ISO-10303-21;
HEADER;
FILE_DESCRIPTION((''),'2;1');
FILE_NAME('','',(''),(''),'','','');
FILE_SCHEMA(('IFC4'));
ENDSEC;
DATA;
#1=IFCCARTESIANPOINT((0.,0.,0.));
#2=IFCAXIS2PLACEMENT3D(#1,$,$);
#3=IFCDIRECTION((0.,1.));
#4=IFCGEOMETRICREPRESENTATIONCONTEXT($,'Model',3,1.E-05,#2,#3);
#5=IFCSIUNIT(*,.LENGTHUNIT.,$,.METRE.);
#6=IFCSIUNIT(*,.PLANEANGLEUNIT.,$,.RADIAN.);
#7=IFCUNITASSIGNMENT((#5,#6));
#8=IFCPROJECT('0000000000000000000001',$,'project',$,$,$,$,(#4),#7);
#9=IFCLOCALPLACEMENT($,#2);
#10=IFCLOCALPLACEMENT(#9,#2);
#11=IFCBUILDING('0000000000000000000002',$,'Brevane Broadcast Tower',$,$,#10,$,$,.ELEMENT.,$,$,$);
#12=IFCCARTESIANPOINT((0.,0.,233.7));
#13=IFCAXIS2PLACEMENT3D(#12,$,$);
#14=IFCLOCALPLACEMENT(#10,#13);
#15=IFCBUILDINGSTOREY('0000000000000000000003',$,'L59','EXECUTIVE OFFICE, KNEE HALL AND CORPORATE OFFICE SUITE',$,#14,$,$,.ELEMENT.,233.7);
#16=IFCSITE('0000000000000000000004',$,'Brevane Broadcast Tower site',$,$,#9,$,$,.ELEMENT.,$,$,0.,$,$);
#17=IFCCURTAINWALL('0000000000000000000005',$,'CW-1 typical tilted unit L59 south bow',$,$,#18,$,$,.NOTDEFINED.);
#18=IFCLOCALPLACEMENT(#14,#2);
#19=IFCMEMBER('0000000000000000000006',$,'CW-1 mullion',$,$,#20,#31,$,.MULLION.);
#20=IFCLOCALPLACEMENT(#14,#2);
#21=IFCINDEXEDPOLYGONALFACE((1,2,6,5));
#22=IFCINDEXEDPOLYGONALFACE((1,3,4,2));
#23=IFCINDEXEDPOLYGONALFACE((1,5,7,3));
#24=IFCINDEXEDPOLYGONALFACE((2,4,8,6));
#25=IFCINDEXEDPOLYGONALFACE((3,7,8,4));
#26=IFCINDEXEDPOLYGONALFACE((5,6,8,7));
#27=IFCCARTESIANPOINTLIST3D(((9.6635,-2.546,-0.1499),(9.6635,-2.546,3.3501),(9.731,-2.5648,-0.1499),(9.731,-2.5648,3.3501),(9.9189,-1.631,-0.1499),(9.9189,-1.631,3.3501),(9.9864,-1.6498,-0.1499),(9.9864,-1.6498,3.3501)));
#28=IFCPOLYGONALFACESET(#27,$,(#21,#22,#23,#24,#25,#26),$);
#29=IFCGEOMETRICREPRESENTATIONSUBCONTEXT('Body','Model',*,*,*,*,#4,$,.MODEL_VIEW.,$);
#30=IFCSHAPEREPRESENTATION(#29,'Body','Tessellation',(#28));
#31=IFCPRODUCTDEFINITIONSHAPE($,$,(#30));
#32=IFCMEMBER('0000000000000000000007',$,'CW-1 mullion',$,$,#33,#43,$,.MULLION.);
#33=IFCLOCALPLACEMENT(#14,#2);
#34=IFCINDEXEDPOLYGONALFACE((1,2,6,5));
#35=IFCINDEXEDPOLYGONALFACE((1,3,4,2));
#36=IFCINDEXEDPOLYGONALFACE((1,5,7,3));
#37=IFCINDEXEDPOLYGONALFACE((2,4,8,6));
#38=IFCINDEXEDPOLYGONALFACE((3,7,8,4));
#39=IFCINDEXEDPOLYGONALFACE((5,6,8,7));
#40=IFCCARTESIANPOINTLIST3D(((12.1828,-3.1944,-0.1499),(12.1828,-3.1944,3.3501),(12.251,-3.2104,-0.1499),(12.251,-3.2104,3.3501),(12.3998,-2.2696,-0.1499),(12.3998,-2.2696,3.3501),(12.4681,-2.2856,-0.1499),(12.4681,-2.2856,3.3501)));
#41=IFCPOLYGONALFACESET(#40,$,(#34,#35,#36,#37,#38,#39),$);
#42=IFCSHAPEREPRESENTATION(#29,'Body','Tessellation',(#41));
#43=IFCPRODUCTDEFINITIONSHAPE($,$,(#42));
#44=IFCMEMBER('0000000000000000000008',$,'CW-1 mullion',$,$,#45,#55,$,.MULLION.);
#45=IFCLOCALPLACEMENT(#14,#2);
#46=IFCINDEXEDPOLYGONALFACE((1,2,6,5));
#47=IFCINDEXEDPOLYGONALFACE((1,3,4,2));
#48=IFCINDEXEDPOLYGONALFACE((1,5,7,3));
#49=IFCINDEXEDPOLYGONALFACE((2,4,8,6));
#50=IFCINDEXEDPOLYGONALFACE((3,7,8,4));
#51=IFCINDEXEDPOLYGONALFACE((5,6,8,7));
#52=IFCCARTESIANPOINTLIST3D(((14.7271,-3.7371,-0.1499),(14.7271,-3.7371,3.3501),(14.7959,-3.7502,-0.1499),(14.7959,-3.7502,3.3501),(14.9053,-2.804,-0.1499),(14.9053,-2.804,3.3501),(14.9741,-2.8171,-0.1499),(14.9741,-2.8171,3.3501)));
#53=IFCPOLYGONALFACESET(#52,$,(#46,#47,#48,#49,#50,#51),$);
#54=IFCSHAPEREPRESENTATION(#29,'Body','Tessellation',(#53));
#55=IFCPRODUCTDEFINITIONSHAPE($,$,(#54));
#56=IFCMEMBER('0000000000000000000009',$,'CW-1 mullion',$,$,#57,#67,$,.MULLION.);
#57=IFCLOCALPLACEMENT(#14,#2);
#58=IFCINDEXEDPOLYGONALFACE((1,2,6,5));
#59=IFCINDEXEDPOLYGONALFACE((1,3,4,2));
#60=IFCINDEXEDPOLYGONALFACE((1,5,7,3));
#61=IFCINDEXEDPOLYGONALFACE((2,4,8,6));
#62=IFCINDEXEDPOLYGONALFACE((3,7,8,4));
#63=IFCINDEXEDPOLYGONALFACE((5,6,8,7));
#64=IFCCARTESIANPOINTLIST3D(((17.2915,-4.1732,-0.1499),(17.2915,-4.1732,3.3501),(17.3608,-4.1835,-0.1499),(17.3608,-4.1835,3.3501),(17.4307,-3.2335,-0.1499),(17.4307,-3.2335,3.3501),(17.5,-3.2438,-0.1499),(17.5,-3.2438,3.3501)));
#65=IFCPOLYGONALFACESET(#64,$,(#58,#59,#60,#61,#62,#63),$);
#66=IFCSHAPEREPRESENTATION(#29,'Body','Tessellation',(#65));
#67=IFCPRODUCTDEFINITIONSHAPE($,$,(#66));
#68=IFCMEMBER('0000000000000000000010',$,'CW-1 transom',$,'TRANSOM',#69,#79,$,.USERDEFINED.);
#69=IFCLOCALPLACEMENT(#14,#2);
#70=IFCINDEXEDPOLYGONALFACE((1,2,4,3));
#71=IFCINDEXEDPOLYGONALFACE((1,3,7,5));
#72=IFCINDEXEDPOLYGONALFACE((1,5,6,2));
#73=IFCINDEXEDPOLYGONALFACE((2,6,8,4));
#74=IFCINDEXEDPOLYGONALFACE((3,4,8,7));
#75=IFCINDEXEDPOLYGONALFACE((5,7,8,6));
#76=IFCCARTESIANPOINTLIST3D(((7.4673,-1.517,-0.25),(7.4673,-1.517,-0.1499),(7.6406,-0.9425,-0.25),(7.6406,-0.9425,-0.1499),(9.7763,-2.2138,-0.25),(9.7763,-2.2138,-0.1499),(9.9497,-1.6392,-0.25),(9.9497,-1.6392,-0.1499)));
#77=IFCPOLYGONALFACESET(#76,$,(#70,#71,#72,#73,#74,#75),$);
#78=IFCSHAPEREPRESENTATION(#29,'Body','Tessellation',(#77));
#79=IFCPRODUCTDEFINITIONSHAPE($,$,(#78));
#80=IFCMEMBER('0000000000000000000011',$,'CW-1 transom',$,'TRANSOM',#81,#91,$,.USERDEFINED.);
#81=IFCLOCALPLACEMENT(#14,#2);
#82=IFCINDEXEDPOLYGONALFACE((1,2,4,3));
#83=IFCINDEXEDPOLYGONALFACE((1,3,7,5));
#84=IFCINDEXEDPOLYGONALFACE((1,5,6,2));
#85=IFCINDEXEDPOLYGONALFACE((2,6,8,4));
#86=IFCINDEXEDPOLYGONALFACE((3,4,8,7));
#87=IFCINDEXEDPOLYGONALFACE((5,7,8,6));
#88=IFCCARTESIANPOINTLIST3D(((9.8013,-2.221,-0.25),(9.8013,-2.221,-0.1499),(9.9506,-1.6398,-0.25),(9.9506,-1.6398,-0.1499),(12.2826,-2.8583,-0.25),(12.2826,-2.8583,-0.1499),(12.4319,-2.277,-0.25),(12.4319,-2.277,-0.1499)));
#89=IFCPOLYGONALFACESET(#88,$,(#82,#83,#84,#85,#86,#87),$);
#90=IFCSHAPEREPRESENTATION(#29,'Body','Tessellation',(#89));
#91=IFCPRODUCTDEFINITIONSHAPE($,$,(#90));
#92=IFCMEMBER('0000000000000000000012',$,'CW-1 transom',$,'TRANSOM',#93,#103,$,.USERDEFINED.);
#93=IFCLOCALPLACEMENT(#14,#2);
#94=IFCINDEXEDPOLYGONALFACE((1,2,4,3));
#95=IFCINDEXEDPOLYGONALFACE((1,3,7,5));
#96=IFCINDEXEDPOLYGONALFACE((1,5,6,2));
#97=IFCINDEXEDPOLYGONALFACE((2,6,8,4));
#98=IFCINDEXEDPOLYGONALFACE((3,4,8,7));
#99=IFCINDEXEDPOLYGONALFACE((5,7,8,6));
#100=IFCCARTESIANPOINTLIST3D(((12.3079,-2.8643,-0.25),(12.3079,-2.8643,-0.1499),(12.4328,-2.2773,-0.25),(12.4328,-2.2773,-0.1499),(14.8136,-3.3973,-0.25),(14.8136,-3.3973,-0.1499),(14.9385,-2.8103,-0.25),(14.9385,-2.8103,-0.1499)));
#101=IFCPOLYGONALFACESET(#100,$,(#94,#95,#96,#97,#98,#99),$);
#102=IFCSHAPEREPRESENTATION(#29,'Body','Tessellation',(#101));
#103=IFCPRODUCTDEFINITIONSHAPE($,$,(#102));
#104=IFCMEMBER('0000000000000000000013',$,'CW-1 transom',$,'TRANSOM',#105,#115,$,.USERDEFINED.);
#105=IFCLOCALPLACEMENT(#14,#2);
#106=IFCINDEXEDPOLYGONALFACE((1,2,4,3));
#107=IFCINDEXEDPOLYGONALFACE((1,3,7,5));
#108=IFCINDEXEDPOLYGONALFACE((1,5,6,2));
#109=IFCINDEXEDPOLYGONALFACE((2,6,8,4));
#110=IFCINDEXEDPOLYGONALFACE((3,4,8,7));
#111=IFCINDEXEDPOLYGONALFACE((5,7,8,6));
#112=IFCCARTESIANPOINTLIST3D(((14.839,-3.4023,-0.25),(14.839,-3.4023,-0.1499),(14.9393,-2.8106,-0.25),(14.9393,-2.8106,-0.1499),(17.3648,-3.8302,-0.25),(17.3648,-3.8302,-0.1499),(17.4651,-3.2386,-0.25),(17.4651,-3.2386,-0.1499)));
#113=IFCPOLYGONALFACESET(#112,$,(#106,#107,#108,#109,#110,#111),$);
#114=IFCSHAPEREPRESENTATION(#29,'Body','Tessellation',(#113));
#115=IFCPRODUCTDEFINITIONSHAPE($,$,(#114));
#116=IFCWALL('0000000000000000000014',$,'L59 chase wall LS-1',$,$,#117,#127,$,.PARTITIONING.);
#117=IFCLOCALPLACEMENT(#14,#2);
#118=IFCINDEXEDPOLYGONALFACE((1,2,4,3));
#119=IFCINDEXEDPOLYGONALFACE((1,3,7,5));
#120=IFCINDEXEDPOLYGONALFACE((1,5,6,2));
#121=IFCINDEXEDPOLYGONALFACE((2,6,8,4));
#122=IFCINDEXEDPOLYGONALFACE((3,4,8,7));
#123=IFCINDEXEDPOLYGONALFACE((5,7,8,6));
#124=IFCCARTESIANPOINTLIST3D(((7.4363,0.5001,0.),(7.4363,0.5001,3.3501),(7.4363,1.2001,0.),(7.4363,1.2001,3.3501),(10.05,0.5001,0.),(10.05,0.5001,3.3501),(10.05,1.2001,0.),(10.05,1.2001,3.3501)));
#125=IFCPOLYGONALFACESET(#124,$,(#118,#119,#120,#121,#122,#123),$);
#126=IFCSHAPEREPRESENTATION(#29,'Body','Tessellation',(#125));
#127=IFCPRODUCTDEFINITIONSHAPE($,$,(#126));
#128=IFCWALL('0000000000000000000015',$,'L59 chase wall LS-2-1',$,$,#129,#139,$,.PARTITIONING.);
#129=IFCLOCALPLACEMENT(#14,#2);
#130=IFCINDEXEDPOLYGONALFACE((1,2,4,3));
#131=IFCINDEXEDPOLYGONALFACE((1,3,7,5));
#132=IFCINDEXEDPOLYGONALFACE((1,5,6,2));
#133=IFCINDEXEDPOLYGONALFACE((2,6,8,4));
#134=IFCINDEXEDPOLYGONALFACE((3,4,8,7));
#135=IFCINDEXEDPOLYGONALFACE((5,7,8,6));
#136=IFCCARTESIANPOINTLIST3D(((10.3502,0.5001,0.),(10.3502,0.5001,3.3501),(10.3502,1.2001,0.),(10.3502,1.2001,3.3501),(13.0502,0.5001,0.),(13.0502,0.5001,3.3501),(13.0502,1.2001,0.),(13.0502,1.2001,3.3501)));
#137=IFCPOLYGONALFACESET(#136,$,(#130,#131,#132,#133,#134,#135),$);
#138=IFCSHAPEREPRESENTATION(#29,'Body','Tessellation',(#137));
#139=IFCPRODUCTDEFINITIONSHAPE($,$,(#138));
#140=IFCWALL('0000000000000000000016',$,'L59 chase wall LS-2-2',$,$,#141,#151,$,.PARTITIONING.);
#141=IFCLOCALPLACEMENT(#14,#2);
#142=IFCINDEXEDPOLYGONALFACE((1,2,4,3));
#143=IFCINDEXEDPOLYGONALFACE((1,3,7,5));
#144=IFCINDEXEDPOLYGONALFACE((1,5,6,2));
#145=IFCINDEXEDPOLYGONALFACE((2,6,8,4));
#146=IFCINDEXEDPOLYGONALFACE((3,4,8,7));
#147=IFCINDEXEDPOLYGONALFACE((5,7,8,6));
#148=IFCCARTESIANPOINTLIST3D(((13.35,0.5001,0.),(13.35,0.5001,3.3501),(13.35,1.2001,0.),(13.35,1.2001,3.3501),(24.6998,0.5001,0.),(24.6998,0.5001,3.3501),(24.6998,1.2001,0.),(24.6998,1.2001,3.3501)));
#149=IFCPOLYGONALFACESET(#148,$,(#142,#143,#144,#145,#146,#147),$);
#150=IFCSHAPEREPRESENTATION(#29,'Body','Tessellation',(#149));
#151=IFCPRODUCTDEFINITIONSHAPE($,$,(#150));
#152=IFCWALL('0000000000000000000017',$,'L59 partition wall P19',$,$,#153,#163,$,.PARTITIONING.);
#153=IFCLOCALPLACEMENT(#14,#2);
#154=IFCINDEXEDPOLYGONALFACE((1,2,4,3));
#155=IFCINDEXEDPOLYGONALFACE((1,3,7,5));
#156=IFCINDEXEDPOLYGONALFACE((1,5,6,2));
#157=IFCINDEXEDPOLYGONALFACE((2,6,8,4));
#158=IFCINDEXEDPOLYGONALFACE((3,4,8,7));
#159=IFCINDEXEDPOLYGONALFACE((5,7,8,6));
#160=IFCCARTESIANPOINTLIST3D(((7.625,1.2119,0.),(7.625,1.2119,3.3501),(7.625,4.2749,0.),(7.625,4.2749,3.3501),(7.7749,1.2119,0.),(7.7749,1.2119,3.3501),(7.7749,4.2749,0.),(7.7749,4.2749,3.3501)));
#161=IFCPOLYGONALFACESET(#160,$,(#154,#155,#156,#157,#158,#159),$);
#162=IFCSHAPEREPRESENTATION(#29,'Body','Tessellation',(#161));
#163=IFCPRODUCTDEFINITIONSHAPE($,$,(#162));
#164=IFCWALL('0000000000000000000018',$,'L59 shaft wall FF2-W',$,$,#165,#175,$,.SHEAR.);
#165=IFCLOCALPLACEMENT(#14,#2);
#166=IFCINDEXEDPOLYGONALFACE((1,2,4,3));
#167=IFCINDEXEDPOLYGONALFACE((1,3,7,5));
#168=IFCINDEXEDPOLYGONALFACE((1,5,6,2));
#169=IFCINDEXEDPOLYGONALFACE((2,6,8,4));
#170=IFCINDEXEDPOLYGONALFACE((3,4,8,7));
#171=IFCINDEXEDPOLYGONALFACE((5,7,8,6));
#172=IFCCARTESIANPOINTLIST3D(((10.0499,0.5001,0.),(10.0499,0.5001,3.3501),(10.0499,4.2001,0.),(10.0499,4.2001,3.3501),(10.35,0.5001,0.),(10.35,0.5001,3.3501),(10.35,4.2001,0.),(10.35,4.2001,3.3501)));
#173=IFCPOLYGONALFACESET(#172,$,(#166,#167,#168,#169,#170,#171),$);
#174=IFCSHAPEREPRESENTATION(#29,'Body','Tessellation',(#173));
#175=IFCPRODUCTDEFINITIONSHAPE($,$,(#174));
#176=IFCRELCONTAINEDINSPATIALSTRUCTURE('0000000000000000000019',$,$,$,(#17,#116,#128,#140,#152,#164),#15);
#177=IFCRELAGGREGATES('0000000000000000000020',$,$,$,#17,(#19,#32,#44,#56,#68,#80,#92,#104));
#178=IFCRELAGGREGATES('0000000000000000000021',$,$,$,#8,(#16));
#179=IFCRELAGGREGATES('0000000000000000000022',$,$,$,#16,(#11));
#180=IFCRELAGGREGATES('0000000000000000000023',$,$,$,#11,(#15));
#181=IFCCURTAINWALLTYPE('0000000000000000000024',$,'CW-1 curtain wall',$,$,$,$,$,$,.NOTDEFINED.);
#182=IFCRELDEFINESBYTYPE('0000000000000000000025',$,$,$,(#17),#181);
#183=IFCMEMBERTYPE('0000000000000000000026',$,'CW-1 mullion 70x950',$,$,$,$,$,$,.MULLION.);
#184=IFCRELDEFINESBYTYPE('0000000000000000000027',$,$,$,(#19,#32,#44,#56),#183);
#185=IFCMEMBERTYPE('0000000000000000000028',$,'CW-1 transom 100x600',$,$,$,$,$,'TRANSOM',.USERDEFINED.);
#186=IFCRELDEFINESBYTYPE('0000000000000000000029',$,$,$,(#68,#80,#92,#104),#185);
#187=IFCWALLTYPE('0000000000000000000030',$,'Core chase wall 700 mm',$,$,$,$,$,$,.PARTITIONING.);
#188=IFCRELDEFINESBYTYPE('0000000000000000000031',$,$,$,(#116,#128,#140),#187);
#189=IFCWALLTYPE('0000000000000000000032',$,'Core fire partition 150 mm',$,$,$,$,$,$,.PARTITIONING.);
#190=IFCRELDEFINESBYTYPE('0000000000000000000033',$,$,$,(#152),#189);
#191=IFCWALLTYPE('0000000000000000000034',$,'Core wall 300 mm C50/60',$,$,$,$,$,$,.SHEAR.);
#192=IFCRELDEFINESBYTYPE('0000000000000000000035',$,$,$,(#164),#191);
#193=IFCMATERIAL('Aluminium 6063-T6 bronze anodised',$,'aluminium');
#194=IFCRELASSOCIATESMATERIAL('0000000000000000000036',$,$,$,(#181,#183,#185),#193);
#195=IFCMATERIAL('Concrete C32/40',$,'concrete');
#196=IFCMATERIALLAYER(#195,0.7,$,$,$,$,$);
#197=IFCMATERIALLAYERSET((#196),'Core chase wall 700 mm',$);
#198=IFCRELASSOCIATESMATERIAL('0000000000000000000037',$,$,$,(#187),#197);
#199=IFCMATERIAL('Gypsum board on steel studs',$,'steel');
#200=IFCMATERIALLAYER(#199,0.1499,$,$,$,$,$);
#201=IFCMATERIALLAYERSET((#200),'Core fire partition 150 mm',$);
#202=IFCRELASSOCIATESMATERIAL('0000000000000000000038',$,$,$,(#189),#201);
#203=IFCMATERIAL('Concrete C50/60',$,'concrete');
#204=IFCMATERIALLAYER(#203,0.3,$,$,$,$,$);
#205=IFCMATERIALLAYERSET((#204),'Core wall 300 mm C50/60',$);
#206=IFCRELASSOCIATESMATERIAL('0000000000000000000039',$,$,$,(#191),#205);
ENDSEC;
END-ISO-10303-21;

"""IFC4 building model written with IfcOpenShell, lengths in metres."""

from ifc_helpers import new_model, si_unit, direction, frame, frame_2d, origin, origin_2d, place, context, subcontext, project, spatial, rectangle, extrude, material, layer, layer_set, material_profile, profile_set, type_object, element, aggregate, save


model = new_model("IFC4")

# Units and contexts
model_context = context("Model", 3, precision=1e-05, world=origin(), true_north=direction((0.0, 1.0)))
body_context = subcontext(model_context, "Body", "Model", "MODEL_VIEW")
ifc_project = project(units=[si_unit("LENGTHUNIT", "METRE"), si_unit("PLANEANGLEUNIT", "RADIAN")], contexts=[model_context])

# Site, building, storey
site_placement = place(None, origin())
site = spatial("IfcSite", under=ifc_project, at=site_placement, Name="Brevane Broadcast Tower site", CompositionType="ELEMENT", RefElevation=0.0)
building_placement = place(site_placement, origin())
building = spatial("IfcBuilding", under=site, at=building_placement, Name="Brevane Broadcast Tower", CompositionType="ELEMENT")
storey_placement = place(building_placement, frame((0.0, 0.0, 233.7)))
storey = spatial("IfcBuildingStorey", under=building, at=storey_placement, Name="L59", Description="EXECUTIVE OFFICE, KNEE HALL AND CORPORATE OFFICE SUITE", CompositionType="ELEMENT", Elevation=233.7)

# Curtain wall, members
ifc_material_1 = material(Name="Aluminium 6063-T6 bronze anodised", Category="aluminium")
curtain_wall_type = type_object("IfcCurtainWallType", Name="CW-1 curtain wall", PredefinedType="NOTDEFINED", material=ifc_material_1)
curtain_wall_placement = place(storey_placement, origin())
curtain_wall = element("IfcCurtainWall", 1, at=curtain_wall_placement, inside=storey, type_object=curtain_wall_type, Name="CW-1 typical tilted unit L59 south bow", PredefinedType="NOTDEFINED")
ifc_material_profile_1 = material_profile(ifc_material_1, rectangle(XDim=0.95, YDim=0.0701, at=origin_2d()), Name="RECT 70x950")
ifc_profile_set_1 = profile_set([ifc_material_profile_1], Name="Aluminium 6063-T6 bronze anodised")
member_type_1 = type_object("IfcMemberType", Name="CW-1 mullion 70x950", PredefinedType="MULLION", material=ifc_profile_set_1)
member_1_placement = place(storey_placement, frame((9.825, -2.0979, -0.1499), z_axis=(0.0, 0.0, 1.0), x_axis=(0.268916, 0.963164, 0.0)))
member_1 = element("IfcMember", 2, at=member_1_placement, type_object=member_type_1, Name="CW-1 mullion", PredefinedType="MULLION", context=body_context, shape_type="SweptSolid", body=[
    extrude(rectangle(XDim=0.95, YDim=0.0701, at=origin_2d()), origin(), (0.0, 0.0, 1.0), 3.5),
])
member_2_placement = place(storey_placement, frame((12.3254, -2.74, -0.1499), z_axis=(0.0, 0.0, 1.0), x_axis=(0.228467, 0.973552, 0.0)))
member_2 = element("IfcMember", 3, at=member_2_placement, type_object=member_type_1, Name="CW-1 mullion", PredefinedType="MULLION", context=body_context, shape_type="SweptSolid", body=[
    extrude(rectangle(XDim=0.95, YDim=0.0701, at=origin_2d()), origin(), (0.0, 0.0, 1.0), 3.5),
])
member_3_placement = place(storey_placement, frame((14.8506, -3.2771, -0.1499), z_axis=(0.0, 0.0, 1.0), x_axis=(0.187621, 0.982242, 0.0)))
member_3 = element("IfcMember", 4, at=member_3_placement, type_object=member_type_1, Name="CW-1 mullion", PredefinedType="MULLION", context=body_context, shape_type="SweptSolid", body=[
    extrude(rectangle(XDim=0.95, YDim=0.0701, at=origin_2d()), origin(), (0.0, 0.0, 1.0), 3.5),
])
member_4_placement = place(storey_placement, frame((17.3958, -3.7085, -0.1499), z_axis=(0.0, 0.0, 1.0), x_axis=(0.146447, 0.989218, 0.0)))
member_4 = element("IfcMember", 5, at=member_4_placement, type_object=member_type_1, Name="CW-1 mullion", PredefinedType="MULLION", context=body_context, shape_type="SweptSolid", body=[
    extrude(rectangle(XDim=0.95, YDim=0.0701, at=origin_2d()), origin(), (0.0, 0.0, 1.0), 3.5),
])
ifc_material_profile_2 = material_profile(ifc_material_1, rectangle(XDim=0.6001, YDim=0.1001, at=origin_2d()), Name="RECT 100x600")
ifc_profile_set_2 = profile_set([ifc_material_profile_2], Name="Aluminium 6063-T6 bronze anodised")
member_type_2 = type_object("IfcMemberType", Name="CW-1 transom 100x600", ElementType="TRANSOM", PredefinedType="USERDEFINED", material=ifc_profile_set_2)
member_5_placement = place(storey_placement, frame((7.554, -1.2297, -0.2), z_axis=(0.957363, -0.288889, 0.0), x_axis=(0.288889, 0.957363, 0.0)))
member_5 = element("IfcMember", 6, at=member_5_placement, type_object=member_type_2, Name="CW-1 transom", ObjectType="TRANSOM", PredefinedType="USERDEFINED", context=body_context, shape_type="SweptSolid", body=[
    extrude(rectangle(XDim=0.6001, YDim=0.1001, at=origin_2d()), origin(), (0.0, 0.0, 1.0), 2.4119),
])
member_6_placement = place(storey_placement, frame((9.876, -1.9304, -0.2), z_axis=(0.96857, -0.248742, 0.0), x_axis=(0.248742, 0.96857, 0.0)))
member_6 = element("IfcMember", 7, at=member_6_placement, type_object=member_type_2, Name="CW-1 transom", ObjectType="TRANSOM", PredefinedType="USERDEFINED", context=body_context, shape_type="SweptSolid", body=[
    extrude(rectangle(XDim=0.6001, YDim=0.1001, at=origin_2d()), origin(), (0.0, 0.0, 1.0), 2.5618),
])
member_7_placement = place(storey_placement, frame((12.3704, -2.5708, -0.2), z_axis=(0.978118, -0.208051, 0.0), x_axis=(0.208051, 0.978118, 0.0)))
member_7 = element("IfcMember", 8, at=member_7_placement, type_object=member_type_2, Name="CW-1 transom", ObjectType="TRANSOM", PredefinedType="USERDEFINED", context=body_context, shape_type="SweptSolid", body=[
    extrude(rectangle(XDim=0.6001, YDim=0.1001, at=origin_2d()), origin(), (0.0, 0.0, 1.0), 2.5618),
])
member_8_placement = place(storey_placement, frame((14.8892, -3.1064, -0.2), z_axis=(0.985947, -0.167056, 0.0), x_axis=(0.167056, 0.985947, 0.0)))
member_8 = element("IfcMember", 9, at=member_8_placement, type_object=member_type_2, Name="CW-1 transom", ObjectType="TRANSOM", PredefinedType="USERDEFINED", context=body_context, shape_type="SweptSolid", body=[
    extrude(rectangle(XDim=0.6001, YDim=0.1001, at=origin_2d()), origin(), (0.0, 0.0, 1.0), 2.5618),
])
aggregate(curtain_wall, [member_1, member_2, member_3, member_4, member_5, member_6, member_7, member_8])

# Walls
ifc_material_2 = material(Name="Concrete C32/40", Category="concrete")
ifc_layer_1 = layer(ifc_material_2, 0.7)
ifc_layer_set_1 = layer_set([ifc_layer_1], Name="Core chase wall 700 mm")
wall_type_1 = type_object("IfcWallType", Name="Core chase wall 700 mm", PredefinedType="PARTITIONING", material=ifc_layer_set_1)
wall_1_placement = place(storey_placement, frame((7.4363, 0.8501, 0.0), z_axis=(0.0, 0.0, 1.0), x_axis=(1.0, 0.0, 0.0)))
element("IfcWall", 10, at=wall_1_placement, inside=storey, type_object=wall_type_1, Name="L59 chase wall LS-1", PredefinedType="PARTITIONING", context=body_context, shape_type="SweptSolid", body=[
    extrude(rectangle(XDim=2.6138, YDim=0.7, at=frame_2d((1.3069, 0.0))), origin(), (0.0, 0.0, 1.0), 3.3501),
])
wall_2_placement = place(storey_placement, frame((10.3501, 0.8501, 0.0), z_axis=(0.0, 0.0, 1.0), x_axis=(1.0, 0.0, 0.0)))
element("IfcWall", 11, at=wall_2_placement, inside=storey, type_object=wall_type_1, Name="L59 chase wall LS-2-1", PredefinedType="PARTITIONING", context=body_context, shape_type="SweptSolid", body=[
    extrude(rectangle(XDim=2.7, YDim=0.7, at=frame_2d((1.3501, 0.0))), origin(), (0.0, 0.0, 1.0), 3.3501),
])
wall_3_placement = place(storey_placement, frame((13.3501, 0.8501, 0.0), z_axis=(0.0, 0.0, 1.0), x_axis=(1.0, 0.0, 0.0)))
element("IfcWall", 12, at=wall_3_placement, inside=storey, type_object=wall_type_1, Name="L59 chase wall LS-2-2", PredefinedType="PARTITIONING", context=body_context, shape_type="SweptSolid", body=[
    extrude(rectangle(XDim=11.3499, YDim=0.7, at=frame_2d((5.6748, 0.0))), origin(), (0.0, 0.0, 1.0), 3.3501),
])
ifc_material_3 = material(Name="Gypsum board on steel studs", Category="steel")
ifc_layer_2 = layer(ifc_material_3, 0.1499)
ifc_layer_set_2 = layer_set([ifc_layer_2], Name="Core fire partition 150 mm")
wall_type_2 = type_object("IfcWallType", Name="Core fire partition 150 mm", PredefinedType="PARTITIONING", material=ifc_layer_set_2)
wall_4_placement = place(storey_placement, frame((7.7, 4.2749, 0.0), z_axis=(0.0, 0.0, 1.0), x_axis=(0.0, -1.0, 0.0)))
element("IfcWall", 13, at=wall_4_placement, inside=storey, type_object=wall_type_2, Name="L59 partition wall P19", PredefinedType="PARTITIONING", context=body_context, shape_type="SweptSolid", body=[
    extrude(rectangle(XDim=3.063, YDim=0.1499, at=frame_2d((1.5315, 0.0))), origin(), (0.0, 0.0, 1.0), 3.3501),
])
ifc_material_4 = material(Name="Concrete C50/60", Category="concrete")
ifc_layer_3 = layer(ifc_material_4, 0.3)
ifc_layer_set_3 = layer_set([ifc_layer_3], Name="Core wall 300 mm C50/60")
wall_type_3 = type_object("IfcWallType", Name="Core wall 300 mm C50/60", PredefinedType="SHEAR", material=ifc_layer_set_3)
wall_5_placement = place(storey_placement, frame((10.2, 0.5, 0.0), z_axis=(0.0, 0.0, 1.0), x_axis=(0.0, 1.0, 0.0)))
element("IfcWall", 14, at=wall_5_placement, inside=storey, type_object=wall_type_3, Name="L59 shaft wall FF2-W", PredefinedType="SHEAR", context=body_context, shape_type="SweptSolid", body=[
    extrude(rectangle(XDim=3.7, YDim=0.3, at=frame_2d((1.8501, 0.0))), origin(), (0.0, 0.0, 1.0), 3.3501),
])

save(model, "model.ifc")
